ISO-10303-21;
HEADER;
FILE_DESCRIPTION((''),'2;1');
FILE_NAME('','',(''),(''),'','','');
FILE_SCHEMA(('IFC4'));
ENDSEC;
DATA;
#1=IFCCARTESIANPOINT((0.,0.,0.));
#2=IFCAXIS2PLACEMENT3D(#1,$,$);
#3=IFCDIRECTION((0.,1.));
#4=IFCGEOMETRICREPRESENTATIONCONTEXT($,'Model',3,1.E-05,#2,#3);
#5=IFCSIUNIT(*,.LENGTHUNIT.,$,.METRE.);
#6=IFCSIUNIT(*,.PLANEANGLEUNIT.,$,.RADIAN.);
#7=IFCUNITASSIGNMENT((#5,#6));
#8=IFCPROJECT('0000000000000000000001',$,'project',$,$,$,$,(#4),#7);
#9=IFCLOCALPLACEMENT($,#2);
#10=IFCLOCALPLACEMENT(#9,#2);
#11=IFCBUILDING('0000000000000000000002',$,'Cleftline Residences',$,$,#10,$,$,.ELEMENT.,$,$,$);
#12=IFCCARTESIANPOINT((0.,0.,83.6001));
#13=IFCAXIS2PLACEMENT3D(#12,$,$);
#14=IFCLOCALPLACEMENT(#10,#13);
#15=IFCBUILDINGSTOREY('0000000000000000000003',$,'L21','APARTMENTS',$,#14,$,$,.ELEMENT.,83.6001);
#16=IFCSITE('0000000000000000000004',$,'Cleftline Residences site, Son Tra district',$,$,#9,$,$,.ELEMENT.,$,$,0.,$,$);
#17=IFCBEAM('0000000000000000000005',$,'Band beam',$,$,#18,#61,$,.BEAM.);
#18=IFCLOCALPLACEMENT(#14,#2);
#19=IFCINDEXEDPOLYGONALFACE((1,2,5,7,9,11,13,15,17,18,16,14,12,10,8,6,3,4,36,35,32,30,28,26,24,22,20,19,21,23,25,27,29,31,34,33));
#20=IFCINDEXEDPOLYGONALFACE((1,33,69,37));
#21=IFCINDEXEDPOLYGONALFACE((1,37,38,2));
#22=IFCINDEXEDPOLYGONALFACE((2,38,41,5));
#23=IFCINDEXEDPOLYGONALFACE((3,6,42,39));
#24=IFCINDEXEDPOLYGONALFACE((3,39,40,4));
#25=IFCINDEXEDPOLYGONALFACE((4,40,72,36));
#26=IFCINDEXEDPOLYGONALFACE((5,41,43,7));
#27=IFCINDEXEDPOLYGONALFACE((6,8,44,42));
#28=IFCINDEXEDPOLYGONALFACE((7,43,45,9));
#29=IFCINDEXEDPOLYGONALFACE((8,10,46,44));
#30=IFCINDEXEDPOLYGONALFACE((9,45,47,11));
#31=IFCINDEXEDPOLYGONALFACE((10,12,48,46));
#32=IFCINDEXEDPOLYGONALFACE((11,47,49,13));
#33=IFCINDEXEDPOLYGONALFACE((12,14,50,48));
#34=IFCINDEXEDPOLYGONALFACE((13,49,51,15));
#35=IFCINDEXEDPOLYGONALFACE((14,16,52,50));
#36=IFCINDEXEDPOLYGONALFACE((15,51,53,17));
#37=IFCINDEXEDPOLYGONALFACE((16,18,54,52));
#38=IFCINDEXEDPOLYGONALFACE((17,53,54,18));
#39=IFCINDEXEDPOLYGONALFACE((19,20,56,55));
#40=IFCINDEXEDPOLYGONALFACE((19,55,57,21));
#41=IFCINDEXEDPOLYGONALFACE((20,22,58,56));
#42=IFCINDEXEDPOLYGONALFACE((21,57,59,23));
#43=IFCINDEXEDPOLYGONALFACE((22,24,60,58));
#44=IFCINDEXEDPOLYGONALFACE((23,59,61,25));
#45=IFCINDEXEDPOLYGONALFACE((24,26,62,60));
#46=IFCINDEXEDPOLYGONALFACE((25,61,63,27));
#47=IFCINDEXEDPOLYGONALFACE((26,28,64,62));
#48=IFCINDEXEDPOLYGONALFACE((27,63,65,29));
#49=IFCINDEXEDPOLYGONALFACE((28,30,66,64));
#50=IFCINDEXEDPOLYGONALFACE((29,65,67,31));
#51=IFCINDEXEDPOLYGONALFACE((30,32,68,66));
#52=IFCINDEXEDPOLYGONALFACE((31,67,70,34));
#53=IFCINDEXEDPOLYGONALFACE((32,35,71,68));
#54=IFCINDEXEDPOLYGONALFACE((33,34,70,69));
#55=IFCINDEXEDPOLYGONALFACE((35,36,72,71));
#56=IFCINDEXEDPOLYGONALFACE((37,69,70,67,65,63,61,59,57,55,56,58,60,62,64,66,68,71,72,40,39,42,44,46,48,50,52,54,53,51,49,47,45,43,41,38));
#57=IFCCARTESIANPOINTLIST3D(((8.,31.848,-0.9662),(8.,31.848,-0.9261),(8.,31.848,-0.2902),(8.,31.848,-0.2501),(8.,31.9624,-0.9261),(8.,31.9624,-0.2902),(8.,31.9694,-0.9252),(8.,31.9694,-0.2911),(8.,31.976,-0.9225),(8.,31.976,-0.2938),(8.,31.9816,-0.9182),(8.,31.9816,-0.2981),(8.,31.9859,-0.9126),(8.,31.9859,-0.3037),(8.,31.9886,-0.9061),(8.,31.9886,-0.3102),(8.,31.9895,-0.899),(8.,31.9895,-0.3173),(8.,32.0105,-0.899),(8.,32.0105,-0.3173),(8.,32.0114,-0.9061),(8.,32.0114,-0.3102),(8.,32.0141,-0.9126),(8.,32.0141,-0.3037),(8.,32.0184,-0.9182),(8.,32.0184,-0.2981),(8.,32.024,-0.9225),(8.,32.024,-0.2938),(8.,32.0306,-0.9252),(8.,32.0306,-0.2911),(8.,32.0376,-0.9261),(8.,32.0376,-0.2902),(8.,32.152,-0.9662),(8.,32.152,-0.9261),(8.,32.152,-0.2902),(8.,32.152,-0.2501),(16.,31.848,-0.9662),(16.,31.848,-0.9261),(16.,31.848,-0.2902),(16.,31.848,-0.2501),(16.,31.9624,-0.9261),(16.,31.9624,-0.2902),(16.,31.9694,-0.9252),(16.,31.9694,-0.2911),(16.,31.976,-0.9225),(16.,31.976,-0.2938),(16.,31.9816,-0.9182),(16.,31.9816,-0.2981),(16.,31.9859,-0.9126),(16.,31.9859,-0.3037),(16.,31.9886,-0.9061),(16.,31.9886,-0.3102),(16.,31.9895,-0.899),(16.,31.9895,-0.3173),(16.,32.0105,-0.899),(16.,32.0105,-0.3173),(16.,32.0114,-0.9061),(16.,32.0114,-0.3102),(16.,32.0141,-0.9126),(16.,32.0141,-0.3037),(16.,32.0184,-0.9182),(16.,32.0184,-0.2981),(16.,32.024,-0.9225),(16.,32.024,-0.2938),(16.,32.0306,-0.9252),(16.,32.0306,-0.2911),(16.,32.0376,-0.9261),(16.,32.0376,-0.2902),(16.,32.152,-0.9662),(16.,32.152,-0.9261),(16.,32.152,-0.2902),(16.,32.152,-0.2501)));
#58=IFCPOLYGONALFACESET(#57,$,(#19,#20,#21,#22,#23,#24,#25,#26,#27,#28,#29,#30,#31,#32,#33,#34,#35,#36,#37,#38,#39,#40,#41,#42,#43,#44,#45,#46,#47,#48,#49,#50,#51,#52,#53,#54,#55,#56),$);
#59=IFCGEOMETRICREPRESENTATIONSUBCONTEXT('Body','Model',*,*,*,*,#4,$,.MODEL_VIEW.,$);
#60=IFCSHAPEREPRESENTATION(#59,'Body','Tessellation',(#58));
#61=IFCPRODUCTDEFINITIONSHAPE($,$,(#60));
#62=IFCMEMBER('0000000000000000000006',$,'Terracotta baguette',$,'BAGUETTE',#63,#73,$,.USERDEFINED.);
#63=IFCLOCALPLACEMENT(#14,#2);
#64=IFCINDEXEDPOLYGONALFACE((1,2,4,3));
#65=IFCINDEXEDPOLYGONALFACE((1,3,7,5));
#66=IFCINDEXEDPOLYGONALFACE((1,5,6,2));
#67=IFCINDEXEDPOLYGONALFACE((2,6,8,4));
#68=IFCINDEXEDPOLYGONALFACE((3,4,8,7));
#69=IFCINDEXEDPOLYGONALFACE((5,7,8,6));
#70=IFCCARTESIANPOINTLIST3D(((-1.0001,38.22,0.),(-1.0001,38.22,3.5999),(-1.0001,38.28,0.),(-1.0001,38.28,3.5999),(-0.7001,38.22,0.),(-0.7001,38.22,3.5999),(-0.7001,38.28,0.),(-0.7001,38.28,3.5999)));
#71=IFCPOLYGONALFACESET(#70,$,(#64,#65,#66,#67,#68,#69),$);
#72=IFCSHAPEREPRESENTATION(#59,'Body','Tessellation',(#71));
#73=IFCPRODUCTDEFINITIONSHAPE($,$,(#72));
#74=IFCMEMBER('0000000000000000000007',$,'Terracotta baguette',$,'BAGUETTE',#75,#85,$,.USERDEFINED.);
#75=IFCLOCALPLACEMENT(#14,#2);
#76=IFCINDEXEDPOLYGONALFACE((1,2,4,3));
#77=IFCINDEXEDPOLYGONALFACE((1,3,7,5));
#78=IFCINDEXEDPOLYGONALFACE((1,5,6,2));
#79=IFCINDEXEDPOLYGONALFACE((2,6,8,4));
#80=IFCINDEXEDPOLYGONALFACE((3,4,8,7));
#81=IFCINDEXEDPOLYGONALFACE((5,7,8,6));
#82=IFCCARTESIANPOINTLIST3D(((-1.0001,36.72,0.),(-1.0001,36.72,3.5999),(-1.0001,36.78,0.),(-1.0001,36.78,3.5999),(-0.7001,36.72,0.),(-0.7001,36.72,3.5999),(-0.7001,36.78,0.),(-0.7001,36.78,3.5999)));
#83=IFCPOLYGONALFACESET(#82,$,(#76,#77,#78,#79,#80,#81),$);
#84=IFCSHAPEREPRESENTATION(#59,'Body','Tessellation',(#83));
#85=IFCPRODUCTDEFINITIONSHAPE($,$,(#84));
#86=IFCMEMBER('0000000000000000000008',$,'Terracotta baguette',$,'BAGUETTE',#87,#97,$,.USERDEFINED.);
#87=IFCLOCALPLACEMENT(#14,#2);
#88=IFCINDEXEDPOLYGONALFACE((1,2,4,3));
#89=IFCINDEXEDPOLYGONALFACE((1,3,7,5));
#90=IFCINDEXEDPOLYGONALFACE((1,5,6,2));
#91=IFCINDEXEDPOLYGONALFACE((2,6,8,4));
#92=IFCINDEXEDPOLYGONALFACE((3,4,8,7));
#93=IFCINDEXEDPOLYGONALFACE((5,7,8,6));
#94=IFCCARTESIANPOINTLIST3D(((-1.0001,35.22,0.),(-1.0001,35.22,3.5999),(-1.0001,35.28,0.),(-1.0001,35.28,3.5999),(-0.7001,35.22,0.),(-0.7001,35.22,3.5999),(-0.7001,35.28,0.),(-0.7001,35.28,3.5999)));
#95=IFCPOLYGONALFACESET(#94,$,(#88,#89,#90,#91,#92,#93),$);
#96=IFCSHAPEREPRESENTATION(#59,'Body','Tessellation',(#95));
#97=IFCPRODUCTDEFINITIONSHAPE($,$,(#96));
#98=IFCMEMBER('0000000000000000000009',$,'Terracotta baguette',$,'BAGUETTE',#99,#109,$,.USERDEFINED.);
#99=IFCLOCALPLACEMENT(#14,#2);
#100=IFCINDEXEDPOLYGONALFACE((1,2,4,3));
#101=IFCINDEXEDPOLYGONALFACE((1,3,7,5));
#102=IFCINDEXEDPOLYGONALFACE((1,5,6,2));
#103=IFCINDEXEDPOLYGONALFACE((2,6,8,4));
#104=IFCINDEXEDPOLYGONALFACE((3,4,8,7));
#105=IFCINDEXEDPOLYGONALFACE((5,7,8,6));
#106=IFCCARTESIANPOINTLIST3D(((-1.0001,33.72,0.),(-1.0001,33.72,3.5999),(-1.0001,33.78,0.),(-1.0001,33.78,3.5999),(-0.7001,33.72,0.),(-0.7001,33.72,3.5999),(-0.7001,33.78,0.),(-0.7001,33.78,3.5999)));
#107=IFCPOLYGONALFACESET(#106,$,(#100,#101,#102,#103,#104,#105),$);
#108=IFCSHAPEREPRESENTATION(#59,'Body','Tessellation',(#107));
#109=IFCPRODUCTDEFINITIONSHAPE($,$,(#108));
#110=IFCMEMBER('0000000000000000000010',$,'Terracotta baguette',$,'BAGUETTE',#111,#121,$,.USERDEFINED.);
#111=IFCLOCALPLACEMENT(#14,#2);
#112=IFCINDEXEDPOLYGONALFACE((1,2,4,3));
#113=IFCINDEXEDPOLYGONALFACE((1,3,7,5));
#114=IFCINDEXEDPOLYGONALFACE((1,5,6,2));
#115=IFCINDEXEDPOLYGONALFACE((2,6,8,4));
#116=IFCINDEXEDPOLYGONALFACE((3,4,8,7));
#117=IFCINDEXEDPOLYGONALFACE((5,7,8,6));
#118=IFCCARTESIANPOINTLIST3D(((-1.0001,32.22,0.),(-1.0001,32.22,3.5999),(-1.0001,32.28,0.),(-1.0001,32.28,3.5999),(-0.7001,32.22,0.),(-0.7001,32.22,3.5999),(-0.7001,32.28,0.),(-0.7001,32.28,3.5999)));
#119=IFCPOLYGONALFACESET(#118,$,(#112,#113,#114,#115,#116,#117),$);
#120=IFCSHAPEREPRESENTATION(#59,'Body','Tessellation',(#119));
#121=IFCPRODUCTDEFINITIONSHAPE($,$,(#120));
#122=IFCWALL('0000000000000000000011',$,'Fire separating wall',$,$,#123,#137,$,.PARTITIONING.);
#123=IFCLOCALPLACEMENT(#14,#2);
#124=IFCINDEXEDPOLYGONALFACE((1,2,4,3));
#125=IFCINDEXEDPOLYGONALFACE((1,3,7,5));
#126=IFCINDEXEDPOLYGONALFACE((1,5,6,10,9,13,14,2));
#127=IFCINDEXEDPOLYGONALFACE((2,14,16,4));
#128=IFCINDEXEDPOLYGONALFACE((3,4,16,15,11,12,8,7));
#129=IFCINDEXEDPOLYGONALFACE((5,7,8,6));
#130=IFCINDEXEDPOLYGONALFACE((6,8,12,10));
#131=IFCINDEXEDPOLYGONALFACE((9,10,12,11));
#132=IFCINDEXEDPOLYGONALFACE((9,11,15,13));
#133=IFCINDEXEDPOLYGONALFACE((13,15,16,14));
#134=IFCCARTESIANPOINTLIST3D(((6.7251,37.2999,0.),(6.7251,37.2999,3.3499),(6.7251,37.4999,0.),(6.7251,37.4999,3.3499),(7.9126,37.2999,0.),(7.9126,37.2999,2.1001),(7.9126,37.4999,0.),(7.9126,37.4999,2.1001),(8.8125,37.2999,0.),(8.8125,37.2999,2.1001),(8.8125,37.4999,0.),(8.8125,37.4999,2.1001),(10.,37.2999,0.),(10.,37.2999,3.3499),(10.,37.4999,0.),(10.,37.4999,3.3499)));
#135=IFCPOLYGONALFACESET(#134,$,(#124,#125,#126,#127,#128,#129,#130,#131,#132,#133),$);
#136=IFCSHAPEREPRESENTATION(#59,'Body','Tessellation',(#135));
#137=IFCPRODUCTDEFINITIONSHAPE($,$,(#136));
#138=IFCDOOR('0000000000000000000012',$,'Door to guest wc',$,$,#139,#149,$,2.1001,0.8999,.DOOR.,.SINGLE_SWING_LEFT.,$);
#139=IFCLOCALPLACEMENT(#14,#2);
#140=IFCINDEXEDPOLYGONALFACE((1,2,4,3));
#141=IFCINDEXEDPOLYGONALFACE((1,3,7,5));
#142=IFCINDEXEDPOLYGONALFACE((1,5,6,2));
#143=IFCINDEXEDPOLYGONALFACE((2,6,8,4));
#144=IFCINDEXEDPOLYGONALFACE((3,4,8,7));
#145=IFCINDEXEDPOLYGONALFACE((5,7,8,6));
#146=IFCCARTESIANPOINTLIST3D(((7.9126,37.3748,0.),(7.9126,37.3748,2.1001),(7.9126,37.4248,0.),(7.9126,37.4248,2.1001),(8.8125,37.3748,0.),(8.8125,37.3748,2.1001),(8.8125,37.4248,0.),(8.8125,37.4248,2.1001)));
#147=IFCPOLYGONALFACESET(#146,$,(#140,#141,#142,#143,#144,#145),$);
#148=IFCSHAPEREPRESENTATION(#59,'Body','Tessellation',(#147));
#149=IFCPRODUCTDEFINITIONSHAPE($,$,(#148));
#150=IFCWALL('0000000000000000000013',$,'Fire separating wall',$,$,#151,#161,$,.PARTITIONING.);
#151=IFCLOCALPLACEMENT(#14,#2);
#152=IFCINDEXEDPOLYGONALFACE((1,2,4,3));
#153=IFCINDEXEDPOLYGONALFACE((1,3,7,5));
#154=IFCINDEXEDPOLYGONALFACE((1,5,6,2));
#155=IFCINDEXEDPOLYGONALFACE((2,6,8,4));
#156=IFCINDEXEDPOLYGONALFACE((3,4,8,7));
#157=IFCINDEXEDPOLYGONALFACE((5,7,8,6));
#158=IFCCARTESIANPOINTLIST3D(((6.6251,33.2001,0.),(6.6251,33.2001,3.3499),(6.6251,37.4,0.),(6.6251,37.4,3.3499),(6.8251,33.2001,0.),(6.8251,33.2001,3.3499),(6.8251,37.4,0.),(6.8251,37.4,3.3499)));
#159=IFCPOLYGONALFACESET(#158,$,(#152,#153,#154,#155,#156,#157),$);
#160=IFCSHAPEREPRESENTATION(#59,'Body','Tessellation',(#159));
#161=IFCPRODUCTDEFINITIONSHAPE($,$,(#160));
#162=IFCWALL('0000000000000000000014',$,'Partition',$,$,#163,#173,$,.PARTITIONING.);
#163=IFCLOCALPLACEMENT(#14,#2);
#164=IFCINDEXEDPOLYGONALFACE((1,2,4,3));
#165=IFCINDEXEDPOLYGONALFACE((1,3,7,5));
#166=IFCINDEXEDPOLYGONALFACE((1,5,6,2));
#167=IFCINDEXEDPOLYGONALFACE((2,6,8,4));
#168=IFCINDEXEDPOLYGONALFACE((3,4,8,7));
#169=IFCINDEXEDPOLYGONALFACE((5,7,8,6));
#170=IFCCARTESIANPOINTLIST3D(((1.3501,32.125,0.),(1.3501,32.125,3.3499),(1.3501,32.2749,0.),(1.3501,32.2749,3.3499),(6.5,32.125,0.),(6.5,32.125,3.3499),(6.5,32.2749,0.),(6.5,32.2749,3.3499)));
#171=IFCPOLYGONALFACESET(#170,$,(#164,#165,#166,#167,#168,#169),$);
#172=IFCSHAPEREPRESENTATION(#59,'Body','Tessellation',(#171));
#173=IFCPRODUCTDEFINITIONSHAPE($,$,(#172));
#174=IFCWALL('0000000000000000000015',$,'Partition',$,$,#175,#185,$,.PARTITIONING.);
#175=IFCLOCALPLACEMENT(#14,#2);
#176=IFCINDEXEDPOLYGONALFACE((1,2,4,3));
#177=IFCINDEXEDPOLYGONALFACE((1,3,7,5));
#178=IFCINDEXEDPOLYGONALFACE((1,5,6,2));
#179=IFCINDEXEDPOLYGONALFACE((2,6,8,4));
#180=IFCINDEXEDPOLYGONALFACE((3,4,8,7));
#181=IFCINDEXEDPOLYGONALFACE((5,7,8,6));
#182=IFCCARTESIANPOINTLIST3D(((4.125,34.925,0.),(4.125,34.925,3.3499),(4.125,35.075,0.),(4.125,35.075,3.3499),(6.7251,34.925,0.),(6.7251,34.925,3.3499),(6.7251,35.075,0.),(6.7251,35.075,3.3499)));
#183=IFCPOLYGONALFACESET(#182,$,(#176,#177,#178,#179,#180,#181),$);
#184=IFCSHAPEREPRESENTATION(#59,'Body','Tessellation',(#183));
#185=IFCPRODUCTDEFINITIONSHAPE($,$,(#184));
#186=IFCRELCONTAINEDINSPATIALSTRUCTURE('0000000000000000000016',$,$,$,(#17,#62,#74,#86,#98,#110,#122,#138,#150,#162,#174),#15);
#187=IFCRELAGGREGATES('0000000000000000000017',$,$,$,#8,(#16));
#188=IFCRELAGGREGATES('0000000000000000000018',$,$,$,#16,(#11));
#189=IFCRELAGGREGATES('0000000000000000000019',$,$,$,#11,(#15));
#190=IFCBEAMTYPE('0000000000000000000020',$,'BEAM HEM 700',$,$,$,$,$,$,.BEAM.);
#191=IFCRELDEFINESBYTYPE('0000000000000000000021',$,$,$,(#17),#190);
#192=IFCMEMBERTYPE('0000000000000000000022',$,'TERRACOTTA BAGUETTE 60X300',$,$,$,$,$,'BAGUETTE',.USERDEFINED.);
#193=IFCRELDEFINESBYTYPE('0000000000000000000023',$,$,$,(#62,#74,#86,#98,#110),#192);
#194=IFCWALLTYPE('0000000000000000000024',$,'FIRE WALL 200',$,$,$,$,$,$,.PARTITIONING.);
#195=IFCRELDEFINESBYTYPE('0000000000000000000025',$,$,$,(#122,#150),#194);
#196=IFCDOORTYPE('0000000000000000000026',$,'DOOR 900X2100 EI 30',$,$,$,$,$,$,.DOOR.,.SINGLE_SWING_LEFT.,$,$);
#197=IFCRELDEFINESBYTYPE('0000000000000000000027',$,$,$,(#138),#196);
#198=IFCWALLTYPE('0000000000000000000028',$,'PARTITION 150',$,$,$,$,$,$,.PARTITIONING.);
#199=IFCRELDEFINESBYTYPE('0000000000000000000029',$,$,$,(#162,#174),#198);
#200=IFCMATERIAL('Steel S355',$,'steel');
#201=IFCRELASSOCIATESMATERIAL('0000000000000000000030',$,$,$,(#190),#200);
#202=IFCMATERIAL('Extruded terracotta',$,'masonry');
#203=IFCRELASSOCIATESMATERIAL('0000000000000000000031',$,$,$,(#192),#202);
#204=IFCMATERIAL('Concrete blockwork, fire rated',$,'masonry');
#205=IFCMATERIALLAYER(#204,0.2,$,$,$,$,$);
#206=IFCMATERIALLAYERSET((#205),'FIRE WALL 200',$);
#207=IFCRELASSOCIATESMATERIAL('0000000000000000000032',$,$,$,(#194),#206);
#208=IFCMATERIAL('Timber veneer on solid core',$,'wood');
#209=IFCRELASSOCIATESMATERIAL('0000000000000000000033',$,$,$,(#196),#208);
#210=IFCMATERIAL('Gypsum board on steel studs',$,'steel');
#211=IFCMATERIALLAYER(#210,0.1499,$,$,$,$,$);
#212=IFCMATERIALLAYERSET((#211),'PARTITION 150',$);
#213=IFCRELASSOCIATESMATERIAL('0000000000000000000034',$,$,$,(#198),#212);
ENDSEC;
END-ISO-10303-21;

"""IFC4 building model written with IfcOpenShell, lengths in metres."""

from ifc_helpers import new_model, si_unit, direction, frame, frame_2d, origin, origin_2d, place, context, subcontext, project, spatial, rectangle, i_section, extrude, material, layer, layer_set, material_profile, profile_set, type_object, element, fill, save


model = new_model("IFC4")

# Units and contexts
model_context = context("Model", 3, precision=1e-05, world=origin(), true_north=direction((0.0, 1.0)))
body_context = subcontext(model_context, "Body", "Model", "MODEL_VIEW")
ifc_project = project(units=[si_unit("LENGTHUNIT", "METRE"), si_unit("PLANEANGLEUNIT", "RADIAN")], contexts=[model_context])

# Site, building, storey
site_placement = place(None, origin())
site = spatial("IfcSite", under=ifc_project, at=site_placement, Name="Cleftline Residences site, Son Tra district", CompositionType="ELEMENT", RefElevation=0.0)
building_placement = place(site_placement, origin())
building = spatial("IfcBuilding", under=site, at=building_placement, Name="Cleftline Residences", CompositionType="ELEMENT")
storey_placement = place(building_placement, frame((0.0, 0.0, 83.6001)))
storey = spatial("IfcBuildingStorey", under=building, at=storey_placement, Name="L21", Description="APARTMENTS", CompositionType="ELEMENT", Elevation=83.6001)

# Beam
ifc_material_1 = material(Name="Steel S355", Category="steel")
ifc_material_profile_1 = material_profile(ifc_material_1, i_section(OverallWidth=0.304, OverallDepth=0.7161, WebThickness=0.021, FlangeThickness=0.04, FilletRadius=0.0271, at=origin_2d()))
ifc_profile_set_1 = profile_set([ifc_material_profile_1], Name="Steel S355")
beam_type = type_object("IfcBeamType", Name="BEAM HEM 700", PredefinedType="BEAM", material=ifc_profile_set_1)
beam_placement = place(storey_placement, frame((8.0, 32.0, -0.6082), z_axis=(1.0, 0.0, 0.0), x_axis=(0.0, 1.0, 0.0)))
element("IfcBeam", 1, at=beam_placement, inside=storey, type_object=beam_type, Name="Band beam", PredefinedType="BEAM", context=body_context, shape_type="SweptSolid", body=[
    extrude(i_section(OverallWidth=0.304, OverallDepth=0.7161, WebThickness=0.021, FlangeThickness=0.04, FilletRadius=0.0271, at=origin_2d()), origin(), (0.0, 0.0, 1.0), 8.0),
])

# Members
ifc_material_2 = material(Name="Extruded terracotta", Category="masonry")
ifc_material_profile_2 = material_profile(ifc_material_2, rectangle(XDim=0.0601, YDim=0.3, at=origin_2d()))
ifc_profile_set_2 = profile_set([ifc_material_profile_2], Name="Extruded terracotta")
member_type = type_object("IfcMemberType", Name="TERRACOTTA BAGUETTE 60X300", ElementType="BAGUETTE", PredefinedType="USERDEFINED", material=ifc_profile_set_2)
for number, where, z_axis, x_axis, name in (
    (2, (-0.8501, 38.25, 0.0), (0.0, 0.0, 1.0), (0.0, 1.0, 0.0), "Terracotta baguette"),
    (3, (-0.8501, 36.75, 0.0), (0.0, 0.0, 1.0), (0.0, 1.0, 0.0), "Terracotta baguette"),
    (4, (-0.8501, 35.25, 0.0), (0.0, 0.0, 1.0), (0.0, 1.0, 0.0), "Terracotta baguette"),
    (5, (-0.8501, 33.75, 0.0), (0.0, 0.0, 1.0), (0.0, 1.0, 0.0), "Terracotta baguette"),
    (6, (-0.8501, 32.25, 0.0), (0.0, 0.0, 1.0), (0.0, 1.0, 0.0), "Terracotta baguette"),
):
    element("IfcMember", number, at=place(storey_placement, frame(where, z_axis=z_axis, x_axis=x_axis)), inside=storey, type_object=member_type, Name=name, ObjectType="BAGUETTE", PredefinedType="USERDEFINED", context=body_context, shape_type="SweptSolid", body=[
        extrude(rectangle(XDim=0.0601, YDim=0.3, at=origin_2d()), origin(), (0.0, 0.0, 1.0), 3.5999),
    ])

# Wall, opening, door
ifc_material_3 = material(Name="Concrete blockwork, fire rated", Category="masonry")
ifc_layer_1 = layer(ifc_material_3, 0.2)
ifc_layer_set_1 = layer_set([ifc_layer_1], Name="FIRE WALL 200")
wall_type_1 = type_object("IfcWallType", Name="FIRE WALL 200", PredefinedType="PARTITIONING", material=ifc_layer_set_1)
wall_1_placement = place(storey_placement, frame((6.7251, 37.3999, 0.0), z_axis=(0.0, 0.0, 1.0), x_axis=(1.0, 0.0, 0.0)))
wall_1 = element("IfcWall", 7, at=wall_1_placement, inside=storey, type_object=wall_type_1, Name="Fire separating wall", PredefinedType="PARTITIONING", context=body_context, shape_type="SweptSolid", body=[
    extrude(rectangle(XDim=3.2749, YDim=0.2, at=frame_2d((1.6375, 0.0))), origin(), (0.0, 0.0, 1.0), 3.3499),
])
opening_1_placement = place(wall_1_placement, frame((1.1875, 0.0, 0.0)))
opening_1 = element("IfcOpeningElement", 8, at=opening_1_placement, cuts=wall_1, PredefinedType="OPENING", context=body_context, shape_type="SweptSolid", body=[
    extrude(rectangle(XDim=0.8999, YDim=2.1001, at=frame_2d((0.45, 1.05))), frame((0.0, 0.1099, 0.0), z_axis=(0.0, -1.0, 0.0), x_axis=(1.0, 0.0, 0.0)), (0.0, 0.0, 1.0), 0.22),
])
ifc_material_4 = material(Name="Timber veneer on solid core", Category="wood")
door_type_1 = type_object("IfcDoorType", Name="DOOR 900X2100 EI 30", OperationType="SINGLE_SWING_LEFT", PredefinedType="DOOR", material=ifc_material_4)
door_1_placement = place(opening_1_placement, origin())
door_1 = element("IfcDoor", 9, at=door_1_placement, inside=storey, type_object=door_type_1, Name="Door to guest wc", OperationType="SINGLE_SWING_LEFT", OverallHeight=2.1001, OverallWidth=0.8999, PredefinedType="DOOR", context=body_context, shape_type="SweptSolid", body=[
    extrude(rectangle(XDim=0.8999, YDim=2.1001, at=frame_2d((0.45, 1.05))), frame((0.0, 0.0249, 0.0), z_axis=(0.0, -1.0, 0.0), x_axis=(1.0, 0.0, 0.0)), (0.0, 0.0, 1.0), 0.05),
])
fill(opening_1, door_1)

# Walls
wall_2_placement = place(storey_placement, frame((6.7251, 33.2, 0.0), z_axis=(0.0, 0.0, 1.0), x_axis=(0.0, 1.0, 0.0)))
element("IfcWall", 10, at=wall_2_placement, inside=storey, type_object=wall_type_1, Name="Fire separating wall", PredefinedType="PARTITIONING", context=body_context, shape_type="SweptSolid", body=[
    extrude(rectangle(XDim=4.2, YDim=0.2, at=frame_2d((2.1001, 0.0))), origin(), (0.0, 0.0, 1.0), 3.3499),
])
ifc_material_5 = material(Name="Gypsum board on steel studs", Category="steel")
ifc_layer_2 = layer(ifc_material_5, 0.1499)
ifc_layer_set_2 = layer_set([ifc_layer_2], Name="PARTITION 150")
wall_type_2 = type_object("IfcWallType", Name="PARTITION 150", PredefinedType="PARTITIONING", material=ifc_layer_set_2)
wall_3_placement = place(storey_placement, frame((1.3501, 32.2, 0.0), z_axis=(0.0, 0.0, 1.0), x_axis=(1.0, 0.0, 0.0)))
element("IfcWall", 11, at=wall_3_placement, inside=storey, type_object=wall_type_2, Name="Partition", PredefinedType="PARTITIONING", context=body_context, shape_type="SweptSolid", body=[
    extrude(rectangle(XDim=5.1499, YDim=0.1499, at=frame_2d((2.575, 0.0))), origin(), (0.0, 0.0, 1.0), 3.3499),
])
wall_4_placement = place(storey_placement, frame((4.125, 35.0, 0.0), z_axis=(0.0, 0.0, 1.0), x_axis=(1.0, 0.0, 0.0)))
element("IfcWall", 12, at=wall_4_placement, inside=storey, type_object=wall_type_2, Name="Partition", PredefinedType="PARTITIONING", context=body_context, shape_type="SweptSolid", body=[
    extrude(rectangle(XDim=2.6001, YDim=0.1499, at=frame_2d((1.3, 0.0))), origin(), (0.0, 0.0, 1.0), 3.3499),
])

save(model, "model.ifc")
